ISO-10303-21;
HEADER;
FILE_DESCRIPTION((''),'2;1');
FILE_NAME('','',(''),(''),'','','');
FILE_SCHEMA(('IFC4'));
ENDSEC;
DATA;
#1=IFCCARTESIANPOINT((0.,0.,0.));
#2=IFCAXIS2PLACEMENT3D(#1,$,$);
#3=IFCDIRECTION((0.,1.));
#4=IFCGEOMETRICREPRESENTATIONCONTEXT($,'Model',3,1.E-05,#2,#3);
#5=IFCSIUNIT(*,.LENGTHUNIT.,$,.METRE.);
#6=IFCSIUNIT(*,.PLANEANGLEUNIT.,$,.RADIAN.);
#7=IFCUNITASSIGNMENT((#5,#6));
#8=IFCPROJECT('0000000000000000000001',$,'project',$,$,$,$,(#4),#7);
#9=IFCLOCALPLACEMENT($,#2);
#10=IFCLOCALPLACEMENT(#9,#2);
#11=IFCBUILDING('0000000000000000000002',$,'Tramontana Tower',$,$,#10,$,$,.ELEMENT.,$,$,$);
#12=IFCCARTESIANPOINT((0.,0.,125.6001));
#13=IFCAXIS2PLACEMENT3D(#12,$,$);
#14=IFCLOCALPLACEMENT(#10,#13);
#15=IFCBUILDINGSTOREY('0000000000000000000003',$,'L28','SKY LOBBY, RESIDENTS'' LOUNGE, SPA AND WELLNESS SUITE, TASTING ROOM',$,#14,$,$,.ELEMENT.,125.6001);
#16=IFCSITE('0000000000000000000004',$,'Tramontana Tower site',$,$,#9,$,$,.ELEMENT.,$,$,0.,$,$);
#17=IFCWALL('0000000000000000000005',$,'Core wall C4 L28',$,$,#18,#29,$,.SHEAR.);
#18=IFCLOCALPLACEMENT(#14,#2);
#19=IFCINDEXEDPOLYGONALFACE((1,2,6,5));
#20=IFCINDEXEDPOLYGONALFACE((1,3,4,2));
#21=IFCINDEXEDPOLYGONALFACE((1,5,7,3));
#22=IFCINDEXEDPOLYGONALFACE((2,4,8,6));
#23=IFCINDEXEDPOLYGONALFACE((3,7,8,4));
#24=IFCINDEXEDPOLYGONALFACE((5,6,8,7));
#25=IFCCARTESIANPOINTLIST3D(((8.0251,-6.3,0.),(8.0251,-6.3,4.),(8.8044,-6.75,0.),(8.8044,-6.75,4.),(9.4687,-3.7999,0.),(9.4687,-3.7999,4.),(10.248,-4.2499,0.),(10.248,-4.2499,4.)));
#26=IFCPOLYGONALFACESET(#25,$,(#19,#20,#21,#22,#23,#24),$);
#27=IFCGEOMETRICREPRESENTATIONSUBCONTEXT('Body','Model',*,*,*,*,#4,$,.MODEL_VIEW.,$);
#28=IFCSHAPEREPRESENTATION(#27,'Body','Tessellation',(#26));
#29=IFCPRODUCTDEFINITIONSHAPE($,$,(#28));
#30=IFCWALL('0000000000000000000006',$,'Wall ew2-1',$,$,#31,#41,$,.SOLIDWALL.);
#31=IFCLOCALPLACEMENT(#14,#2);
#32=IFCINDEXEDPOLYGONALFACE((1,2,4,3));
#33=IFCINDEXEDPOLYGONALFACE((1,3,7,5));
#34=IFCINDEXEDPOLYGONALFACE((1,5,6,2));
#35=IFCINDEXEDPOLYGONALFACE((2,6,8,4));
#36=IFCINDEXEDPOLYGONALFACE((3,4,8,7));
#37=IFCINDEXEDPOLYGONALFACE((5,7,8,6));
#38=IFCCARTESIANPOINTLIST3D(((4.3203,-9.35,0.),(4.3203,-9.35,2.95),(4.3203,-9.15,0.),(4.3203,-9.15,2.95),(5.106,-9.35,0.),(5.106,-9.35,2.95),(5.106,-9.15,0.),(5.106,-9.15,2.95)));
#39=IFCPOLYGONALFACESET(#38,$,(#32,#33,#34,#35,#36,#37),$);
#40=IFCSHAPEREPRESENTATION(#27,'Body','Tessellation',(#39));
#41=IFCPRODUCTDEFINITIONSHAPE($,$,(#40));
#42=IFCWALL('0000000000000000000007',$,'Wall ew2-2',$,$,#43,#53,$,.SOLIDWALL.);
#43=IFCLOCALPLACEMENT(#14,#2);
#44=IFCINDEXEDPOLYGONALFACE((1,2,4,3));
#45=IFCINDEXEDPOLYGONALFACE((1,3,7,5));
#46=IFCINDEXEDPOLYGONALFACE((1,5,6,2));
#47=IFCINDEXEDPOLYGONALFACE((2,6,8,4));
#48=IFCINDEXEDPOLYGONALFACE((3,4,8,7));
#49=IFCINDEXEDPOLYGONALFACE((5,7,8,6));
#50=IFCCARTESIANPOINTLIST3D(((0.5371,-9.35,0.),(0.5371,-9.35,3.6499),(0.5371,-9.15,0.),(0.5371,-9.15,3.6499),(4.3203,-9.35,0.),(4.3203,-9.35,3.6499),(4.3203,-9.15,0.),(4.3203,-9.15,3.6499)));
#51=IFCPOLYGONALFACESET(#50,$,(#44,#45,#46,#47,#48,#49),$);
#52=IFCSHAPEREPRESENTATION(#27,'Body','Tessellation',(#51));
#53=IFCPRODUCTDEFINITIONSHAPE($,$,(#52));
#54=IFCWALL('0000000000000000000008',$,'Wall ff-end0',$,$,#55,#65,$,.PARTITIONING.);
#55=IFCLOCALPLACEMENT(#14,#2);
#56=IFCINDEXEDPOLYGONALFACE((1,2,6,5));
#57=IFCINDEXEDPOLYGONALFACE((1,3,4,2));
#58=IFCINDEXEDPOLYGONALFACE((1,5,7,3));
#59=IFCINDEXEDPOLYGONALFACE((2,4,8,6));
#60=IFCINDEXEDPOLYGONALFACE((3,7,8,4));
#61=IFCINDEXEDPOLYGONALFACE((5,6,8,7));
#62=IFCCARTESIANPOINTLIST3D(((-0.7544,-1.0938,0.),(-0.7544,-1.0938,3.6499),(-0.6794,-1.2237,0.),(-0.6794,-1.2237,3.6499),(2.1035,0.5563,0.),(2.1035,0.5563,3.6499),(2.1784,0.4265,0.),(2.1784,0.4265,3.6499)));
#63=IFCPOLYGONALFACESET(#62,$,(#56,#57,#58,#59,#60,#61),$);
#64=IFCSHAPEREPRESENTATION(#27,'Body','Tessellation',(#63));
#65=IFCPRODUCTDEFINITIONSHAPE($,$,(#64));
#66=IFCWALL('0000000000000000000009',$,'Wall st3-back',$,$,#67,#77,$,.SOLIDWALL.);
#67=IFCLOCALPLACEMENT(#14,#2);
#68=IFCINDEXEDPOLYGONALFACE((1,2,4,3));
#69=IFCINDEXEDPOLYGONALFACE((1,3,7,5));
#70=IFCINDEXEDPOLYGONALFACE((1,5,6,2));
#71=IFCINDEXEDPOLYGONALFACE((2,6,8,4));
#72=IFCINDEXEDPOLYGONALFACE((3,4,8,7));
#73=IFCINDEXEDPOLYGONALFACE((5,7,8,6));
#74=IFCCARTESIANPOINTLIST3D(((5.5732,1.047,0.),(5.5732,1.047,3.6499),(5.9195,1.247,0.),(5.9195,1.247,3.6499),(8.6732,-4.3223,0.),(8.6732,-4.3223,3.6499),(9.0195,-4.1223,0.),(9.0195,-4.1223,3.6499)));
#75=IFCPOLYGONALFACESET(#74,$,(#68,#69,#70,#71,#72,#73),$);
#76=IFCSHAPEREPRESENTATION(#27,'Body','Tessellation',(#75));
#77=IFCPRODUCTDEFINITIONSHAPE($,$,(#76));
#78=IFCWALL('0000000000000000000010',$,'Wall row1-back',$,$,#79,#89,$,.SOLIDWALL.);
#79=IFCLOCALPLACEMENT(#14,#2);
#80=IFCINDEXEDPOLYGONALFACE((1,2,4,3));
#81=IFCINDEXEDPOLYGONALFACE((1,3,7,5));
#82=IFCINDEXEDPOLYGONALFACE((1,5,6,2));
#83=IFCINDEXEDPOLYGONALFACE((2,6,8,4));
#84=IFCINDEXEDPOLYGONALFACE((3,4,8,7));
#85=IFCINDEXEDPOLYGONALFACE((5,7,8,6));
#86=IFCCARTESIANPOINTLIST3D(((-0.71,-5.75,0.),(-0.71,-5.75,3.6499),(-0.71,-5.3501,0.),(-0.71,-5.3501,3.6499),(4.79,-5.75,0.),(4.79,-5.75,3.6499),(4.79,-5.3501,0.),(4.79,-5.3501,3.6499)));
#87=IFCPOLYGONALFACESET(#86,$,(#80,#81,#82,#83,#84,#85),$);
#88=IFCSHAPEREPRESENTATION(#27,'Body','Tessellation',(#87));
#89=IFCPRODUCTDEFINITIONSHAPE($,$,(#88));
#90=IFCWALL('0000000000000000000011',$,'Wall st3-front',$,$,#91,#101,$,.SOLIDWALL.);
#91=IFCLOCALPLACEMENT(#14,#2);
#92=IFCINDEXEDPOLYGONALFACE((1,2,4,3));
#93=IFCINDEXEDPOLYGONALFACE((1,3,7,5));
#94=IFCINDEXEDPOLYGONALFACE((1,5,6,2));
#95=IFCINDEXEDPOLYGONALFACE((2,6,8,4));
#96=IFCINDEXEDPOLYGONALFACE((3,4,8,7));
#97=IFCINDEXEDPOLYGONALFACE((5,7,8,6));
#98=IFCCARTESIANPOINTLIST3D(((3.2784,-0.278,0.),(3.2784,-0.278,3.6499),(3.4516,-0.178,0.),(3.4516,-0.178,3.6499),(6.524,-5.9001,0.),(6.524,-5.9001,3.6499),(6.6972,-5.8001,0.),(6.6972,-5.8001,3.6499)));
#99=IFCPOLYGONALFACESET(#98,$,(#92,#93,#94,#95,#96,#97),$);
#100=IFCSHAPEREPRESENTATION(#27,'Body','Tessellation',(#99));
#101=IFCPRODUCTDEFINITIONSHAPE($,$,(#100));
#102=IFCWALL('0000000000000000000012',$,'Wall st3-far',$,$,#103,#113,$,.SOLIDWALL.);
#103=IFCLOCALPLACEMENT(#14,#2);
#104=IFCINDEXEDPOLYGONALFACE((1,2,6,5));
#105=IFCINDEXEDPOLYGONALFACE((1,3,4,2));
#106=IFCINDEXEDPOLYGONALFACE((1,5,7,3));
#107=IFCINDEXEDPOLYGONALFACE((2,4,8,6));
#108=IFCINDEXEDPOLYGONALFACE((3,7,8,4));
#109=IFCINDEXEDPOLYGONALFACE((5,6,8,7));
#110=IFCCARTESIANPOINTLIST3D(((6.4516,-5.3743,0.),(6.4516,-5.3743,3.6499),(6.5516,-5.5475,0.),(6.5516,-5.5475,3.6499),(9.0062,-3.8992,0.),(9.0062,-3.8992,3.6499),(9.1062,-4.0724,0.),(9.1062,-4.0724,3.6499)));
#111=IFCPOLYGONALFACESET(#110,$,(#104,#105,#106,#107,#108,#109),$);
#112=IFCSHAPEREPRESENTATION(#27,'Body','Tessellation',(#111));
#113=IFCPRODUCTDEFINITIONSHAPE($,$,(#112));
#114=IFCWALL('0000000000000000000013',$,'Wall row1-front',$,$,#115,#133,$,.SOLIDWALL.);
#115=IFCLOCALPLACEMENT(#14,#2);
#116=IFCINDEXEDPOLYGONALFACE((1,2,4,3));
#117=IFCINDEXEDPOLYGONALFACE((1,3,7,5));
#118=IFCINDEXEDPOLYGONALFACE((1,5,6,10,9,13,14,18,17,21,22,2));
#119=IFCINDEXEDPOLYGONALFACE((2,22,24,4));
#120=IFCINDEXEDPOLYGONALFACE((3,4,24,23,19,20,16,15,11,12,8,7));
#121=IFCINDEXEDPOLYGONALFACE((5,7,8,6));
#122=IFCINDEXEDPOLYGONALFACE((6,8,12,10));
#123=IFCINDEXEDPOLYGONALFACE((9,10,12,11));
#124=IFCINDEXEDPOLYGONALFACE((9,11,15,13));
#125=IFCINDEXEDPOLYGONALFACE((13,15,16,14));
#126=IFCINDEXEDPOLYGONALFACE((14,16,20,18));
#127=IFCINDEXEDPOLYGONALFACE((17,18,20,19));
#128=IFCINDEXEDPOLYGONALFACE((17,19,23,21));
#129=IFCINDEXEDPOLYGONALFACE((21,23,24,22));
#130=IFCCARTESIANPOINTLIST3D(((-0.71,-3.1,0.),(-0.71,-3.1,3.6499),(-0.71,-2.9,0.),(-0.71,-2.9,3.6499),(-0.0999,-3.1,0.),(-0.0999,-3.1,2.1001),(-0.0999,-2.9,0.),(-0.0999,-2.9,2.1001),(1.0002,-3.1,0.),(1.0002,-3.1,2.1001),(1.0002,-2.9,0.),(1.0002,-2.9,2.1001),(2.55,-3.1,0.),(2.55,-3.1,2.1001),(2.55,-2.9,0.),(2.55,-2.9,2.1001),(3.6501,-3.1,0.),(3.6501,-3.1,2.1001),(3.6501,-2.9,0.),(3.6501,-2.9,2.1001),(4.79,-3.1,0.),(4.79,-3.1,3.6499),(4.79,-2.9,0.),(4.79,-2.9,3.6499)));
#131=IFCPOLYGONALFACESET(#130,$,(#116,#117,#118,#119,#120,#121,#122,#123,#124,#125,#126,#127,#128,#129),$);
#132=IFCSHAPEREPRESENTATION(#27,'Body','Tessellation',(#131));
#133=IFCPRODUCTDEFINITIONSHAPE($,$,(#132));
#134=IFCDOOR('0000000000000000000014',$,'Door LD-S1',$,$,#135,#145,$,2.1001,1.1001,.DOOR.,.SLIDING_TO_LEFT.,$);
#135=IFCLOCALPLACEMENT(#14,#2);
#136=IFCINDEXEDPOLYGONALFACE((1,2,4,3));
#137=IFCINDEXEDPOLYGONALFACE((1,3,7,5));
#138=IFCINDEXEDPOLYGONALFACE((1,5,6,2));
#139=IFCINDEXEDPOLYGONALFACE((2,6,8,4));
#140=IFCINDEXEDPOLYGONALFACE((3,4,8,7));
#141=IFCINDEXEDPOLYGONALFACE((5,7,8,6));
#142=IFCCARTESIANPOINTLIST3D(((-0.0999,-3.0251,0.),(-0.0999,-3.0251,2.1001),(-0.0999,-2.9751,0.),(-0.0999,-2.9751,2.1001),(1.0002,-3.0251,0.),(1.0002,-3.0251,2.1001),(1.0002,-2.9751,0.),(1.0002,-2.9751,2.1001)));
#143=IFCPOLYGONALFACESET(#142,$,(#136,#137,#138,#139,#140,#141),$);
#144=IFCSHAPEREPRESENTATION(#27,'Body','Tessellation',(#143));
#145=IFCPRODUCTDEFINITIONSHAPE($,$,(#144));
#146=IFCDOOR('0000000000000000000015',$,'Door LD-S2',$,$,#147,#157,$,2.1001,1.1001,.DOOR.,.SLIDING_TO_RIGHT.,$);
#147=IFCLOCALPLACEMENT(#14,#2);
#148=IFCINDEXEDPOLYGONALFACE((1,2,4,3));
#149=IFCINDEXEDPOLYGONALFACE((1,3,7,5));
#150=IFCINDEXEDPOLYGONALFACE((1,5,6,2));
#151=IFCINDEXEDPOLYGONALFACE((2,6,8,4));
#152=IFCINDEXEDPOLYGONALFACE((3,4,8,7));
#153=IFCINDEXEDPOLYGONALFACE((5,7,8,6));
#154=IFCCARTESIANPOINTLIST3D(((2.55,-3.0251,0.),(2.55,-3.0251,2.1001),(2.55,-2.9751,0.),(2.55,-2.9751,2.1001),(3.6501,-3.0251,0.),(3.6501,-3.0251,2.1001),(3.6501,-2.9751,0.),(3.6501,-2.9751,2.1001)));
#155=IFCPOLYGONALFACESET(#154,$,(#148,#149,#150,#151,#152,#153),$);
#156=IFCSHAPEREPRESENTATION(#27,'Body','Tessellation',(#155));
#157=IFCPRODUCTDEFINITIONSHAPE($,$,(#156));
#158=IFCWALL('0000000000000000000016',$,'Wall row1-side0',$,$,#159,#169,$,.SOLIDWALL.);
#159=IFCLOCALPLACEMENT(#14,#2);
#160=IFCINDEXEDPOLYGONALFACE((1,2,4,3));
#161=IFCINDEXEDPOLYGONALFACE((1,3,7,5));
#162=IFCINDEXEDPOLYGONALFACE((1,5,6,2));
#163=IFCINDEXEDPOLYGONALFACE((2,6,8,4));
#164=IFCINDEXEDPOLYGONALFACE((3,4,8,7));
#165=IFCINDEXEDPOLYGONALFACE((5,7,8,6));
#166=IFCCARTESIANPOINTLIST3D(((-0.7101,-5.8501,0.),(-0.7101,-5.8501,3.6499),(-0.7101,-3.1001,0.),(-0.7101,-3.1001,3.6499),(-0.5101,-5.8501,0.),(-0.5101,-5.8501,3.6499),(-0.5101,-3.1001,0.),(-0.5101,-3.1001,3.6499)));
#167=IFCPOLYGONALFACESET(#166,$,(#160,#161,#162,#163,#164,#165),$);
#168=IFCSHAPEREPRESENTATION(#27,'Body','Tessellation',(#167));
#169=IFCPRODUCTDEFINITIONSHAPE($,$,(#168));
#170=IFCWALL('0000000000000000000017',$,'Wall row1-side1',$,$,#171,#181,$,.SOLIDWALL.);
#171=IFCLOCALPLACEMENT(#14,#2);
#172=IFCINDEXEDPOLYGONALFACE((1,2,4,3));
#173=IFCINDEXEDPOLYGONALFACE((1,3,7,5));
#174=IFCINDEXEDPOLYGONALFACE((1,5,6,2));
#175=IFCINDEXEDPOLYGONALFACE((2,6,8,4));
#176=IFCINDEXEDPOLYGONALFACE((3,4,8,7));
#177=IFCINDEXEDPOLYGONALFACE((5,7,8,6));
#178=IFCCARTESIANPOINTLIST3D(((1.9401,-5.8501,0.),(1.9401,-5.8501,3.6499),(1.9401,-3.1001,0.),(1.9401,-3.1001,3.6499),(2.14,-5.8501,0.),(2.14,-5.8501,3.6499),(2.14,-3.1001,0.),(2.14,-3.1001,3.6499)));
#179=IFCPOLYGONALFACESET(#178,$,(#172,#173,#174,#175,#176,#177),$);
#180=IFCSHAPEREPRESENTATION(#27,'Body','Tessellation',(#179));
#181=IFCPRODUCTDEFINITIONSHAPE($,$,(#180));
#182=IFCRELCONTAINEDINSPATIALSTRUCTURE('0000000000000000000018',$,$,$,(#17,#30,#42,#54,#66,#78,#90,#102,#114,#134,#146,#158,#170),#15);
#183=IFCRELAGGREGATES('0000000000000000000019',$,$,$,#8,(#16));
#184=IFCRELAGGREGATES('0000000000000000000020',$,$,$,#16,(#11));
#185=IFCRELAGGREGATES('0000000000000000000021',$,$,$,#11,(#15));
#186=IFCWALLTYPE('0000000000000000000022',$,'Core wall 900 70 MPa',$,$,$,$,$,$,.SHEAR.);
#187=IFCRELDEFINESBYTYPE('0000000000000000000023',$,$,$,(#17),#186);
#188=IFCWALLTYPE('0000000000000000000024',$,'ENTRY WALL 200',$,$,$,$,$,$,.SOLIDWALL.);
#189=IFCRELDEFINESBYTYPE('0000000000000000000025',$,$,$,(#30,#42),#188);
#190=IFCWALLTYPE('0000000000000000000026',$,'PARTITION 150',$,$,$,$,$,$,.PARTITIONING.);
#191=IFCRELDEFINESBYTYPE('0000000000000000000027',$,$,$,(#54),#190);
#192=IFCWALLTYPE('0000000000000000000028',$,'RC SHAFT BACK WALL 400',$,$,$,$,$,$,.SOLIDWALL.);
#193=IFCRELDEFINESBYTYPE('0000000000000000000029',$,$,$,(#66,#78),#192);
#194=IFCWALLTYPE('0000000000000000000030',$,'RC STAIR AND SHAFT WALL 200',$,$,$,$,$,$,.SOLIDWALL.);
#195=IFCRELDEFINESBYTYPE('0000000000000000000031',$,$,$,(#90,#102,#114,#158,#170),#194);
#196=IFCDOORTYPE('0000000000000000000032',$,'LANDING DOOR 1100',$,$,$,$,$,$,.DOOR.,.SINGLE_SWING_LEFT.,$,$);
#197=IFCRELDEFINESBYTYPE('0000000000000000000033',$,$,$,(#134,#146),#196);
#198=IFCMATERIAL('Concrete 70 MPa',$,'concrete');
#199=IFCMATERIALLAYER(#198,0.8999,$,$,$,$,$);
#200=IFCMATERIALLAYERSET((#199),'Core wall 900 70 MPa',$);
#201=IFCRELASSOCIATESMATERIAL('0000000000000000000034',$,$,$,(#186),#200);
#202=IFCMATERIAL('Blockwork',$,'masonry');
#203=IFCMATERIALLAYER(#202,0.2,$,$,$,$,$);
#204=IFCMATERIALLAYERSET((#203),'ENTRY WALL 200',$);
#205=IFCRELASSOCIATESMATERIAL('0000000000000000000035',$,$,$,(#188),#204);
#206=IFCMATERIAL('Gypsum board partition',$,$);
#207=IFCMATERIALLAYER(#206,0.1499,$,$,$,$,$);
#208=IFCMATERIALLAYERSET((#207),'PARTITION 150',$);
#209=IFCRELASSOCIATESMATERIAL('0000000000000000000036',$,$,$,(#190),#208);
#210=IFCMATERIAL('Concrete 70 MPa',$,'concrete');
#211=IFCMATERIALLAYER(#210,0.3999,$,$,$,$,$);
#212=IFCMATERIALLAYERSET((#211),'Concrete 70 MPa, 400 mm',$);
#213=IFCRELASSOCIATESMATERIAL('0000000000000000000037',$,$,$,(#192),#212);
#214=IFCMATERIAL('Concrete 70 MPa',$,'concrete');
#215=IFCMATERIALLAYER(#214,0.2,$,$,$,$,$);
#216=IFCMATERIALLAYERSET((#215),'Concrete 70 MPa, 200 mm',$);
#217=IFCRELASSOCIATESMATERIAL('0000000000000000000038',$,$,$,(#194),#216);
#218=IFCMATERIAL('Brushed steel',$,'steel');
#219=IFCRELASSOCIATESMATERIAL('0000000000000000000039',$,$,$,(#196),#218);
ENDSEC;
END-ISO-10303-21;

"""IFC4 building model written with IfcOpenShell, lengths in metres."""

from ifc_helpers import new_model, si_unit, direction, frame, frame_2d, origin, place, context, subcontext, project, spatial, rectangle, extrude, material, layer, layer_set, type_object, element, fill, save


model = new_model("IFC4")

# Units and contexts
model_context = context("Model", 3, precision=1e-05, world=origin(), true_north=direction((0.0, 1.0)))
body_context = subcontext(model_context, "Body", "Model", "MODEL_VIEW")
ifc_project = project(units=[si_unit("LENGTHUNIT", "METRE"), si_unit("PLANEANGLEUNIT", "RADIAN")], contexts=[model_context])

# Site, building, storey
site_placement = place(None, origin())
site = spatial("IfcSite", under=ifc_project, at=site_placement, Name="Tramontana Tower site", CompositionType="ELEMENT", RefElevation=0.0)
building_placement = place(site_placement, origin())
building = spatial("IfcBuilding", under=site, at=building_placement, Name="Tramontana Tower", CompositionType="ELEMENT")
storey_placement = place(building_placement, frame((0.0, 0.0, 125.6001)))
storey = spatial("IfcBuildingStorey", under=building, at=storey_placement, Name="L28", Description="SKY LOBBY, RESIDENTS' LOUNGE, SPA AND WELLNESS SUITE, TASTING ROOM", CompositionType="ELEMENT", Elevation=125.6001)

# Walls
ifc_material_1 = material(Name="Concrete 70 MPa", Category="concrete")
ifc_layer_1 = layer(ifc_material_1, 0.8999)
ifc_layer_set_1 = layer_set([ifc_layer_1], Name="Core wall 900 70 MPa")
wall_type_1 = type_object("IfcWallType", Name="Core wall 900 70 MPa", PredefinedType="SHEAR", material=ifc_layer_set_1)
wall_1_placement = place(storey_placement, frame((8.4148, -6.5249, 0.0), z_axis=(0.0, 0.0, 1.0), x_axis=(0.500059, 0.865991, 0.0)))
element("IfcWall", 1, at=wall_1_placement, inside=storey, type_object=wall_type_1, Name="Core wall C4 L28", PredefinedType="SHEAR", context=body_context, shape_type="SweptSolid", body=[
    extrude(rectangle(XDim=2.887, YDim=0.8999, at=frame_2d((1.4434, 0.0))), origin(), (0.0, 0.0, 1.0), 4.0),
])
ifc_material_2 = material(Name="Blockwork", Category="masonry")
ifc_layer_2 = layer(ifc_material_2, 0.2)
ifc_layer_set_2 = layer_set([ifc_layer_2], Name="ENTRY WALL 200")
wall_type_2 = type_object("IfcWallType", Name="ENTRY WALL 200", PredefinedType="SOLIDWALL", material=ifc_layer_set_2)
wall_2_placement = place(storey_placement, frame((5.106, -9.25, 0.0), z_axis=(0.0, 0.0, 1.0), x_axis=(-1.0, 0.0, 0.0)))
element("IfcWall", 2, at=wall_2_placement, inside=storey, type_object=wall_type_2, Name="Wall ew2-1", PredefinedType="SOLIDWALL", context=body_context, shape_type="SweptSolid", body=[
    extrude(rectangle(XDim=0.7856, YDim=0.2, at=frame_2d((0.3928, 0.0))), origin(), (0.0, 0.0, 1.0), 2.95),
])
wall_3_placement = place(storey_placement, frame((4.3203, -9.25, 0.0), z_axis=(0.0, 0.0, 1.0), x_axis=(-1.0, 0.0, 0.0)))
element("IfcWall", 3, at=wall_3_placement, inside=storey, type_object=wall_type_2, Name="Wall ew2-2", PredefinedType="SOLIDWALL", context=body_context, shape_type="SweptSolid", body=[
    extrude(rectangle(XDim=3.7832, YDim=0.2, at=frame_2d((1.8916, 0.0))), origin(), (0.0, 0.0, 1.0), 3.6499),
])

# Shared definitions
ifc_material_3 = material(Name="Gypsum board partition")
ifc_layer_3 = layer(ifc_material_3, 0.1499)
ifc_layer_set_3 = layer_set([ifc_layer_3], Name="PARTITION 150")
wall_type_3 = type_object("IfcWallType", Name="PARTITION 150", PredefinedType="PARTITIONING", material=ifc_layer_set_3)

# Walls
wall_4_placement = place(storey_placement, frame((-0.7168, -1.1587, 0.0), z_axis=(0.0, 0.0, 1.0), x_axis=(0.866008, 0.50003, 0.0)))
element("IfcWall", 4, at=wall_4_placement, inside=storey, type_object=wall_type_3, Name="Wall ff-end0", PredefinedType="PARTITIONING", context=body_context, shape_type="SweptSolid", body=[
    extrude(rectangle(XDim=3.3, YDim=0.1499, at=frame_2d((1.6499, 0.0))), origin(), (0.0, 0.0, 1.0), 3.6499),
])
ifc_material_4 = material(Name="Concrete 70 MPa", Category="concrete")
ifc_layer_4 = layer(ifc_material_4, 0.3999)
ifc_layer_set_4 = layer_set([ifc_layer_4], Name="Concrete 70 MPa, 400 mm")
wall_type_4 = type_object("IfcWallType", Name="RC SHAFT BACK WALL 400", PredefinedType="SOLIDWALL", material=ifc_layer_set_4)
wall_5_placement = place(storey_placement, frame((8.8464, -4.2224, 0.0), z_axis=(0.0, 0.0, 1.0), x_axis=(-0.50001, 0.86602, 0.0)))
element("IfcWall", 5, at=wall_5_placement, inside=storey, type_object=wall_type_4, Name="Wall st3-back", PredefinedType="SOLIDWALL", context=body_context, shape_type="SweptSolid", body=[
    extrude(rectangle(XDim=6.2, YDim=0.3999, at=frame_2d((3.1001, 0.0))), origin(), (0.0, 0.0, 1.0), 3.6499),
])
wall_6_placement = place(storey_placement, frame((-0.71, -5.55, 0.0), z_axis=(0.0, 0.0, 1.0), x_axis=(1.0, 0.0, 0.0)))
element("IfcWall", 6, at=wall_6_placement, inside=storey, type_object=wall_type_4, Name="Wall row1-back", PredefinedType="SOLIDWALL", context=body_context, shape_type="SweptSolid", body=[
    extrude(rectangle(XDim=5.5, YDim=0.3999, at=frame_2d((2.75, 0.0))), origin(), (0.0, 0.0, 1.0), 3.6499),
])

# Shared definitions
ifc_material_5 = material(Name="Concrete 70 MPa", Category="concrete")
ifc_layer_5 = layer(ifc_material_5, 0.2)
ifc_layer_set_5 = layer_set([ifc_layer_5], Name="Concrete 70 MPa, 200 mm")
wall_type_5 = type_object("IfcWallType", Name="RC STAIR AND SHAFT WALL 200", PredefinedType="SOLIDWALL", material=ifc_layer_set_5)

# Walls
wall_7_placement = place(storey_placement, frame((6.6106, -5.8501, 0.0), z_axis=(0.0, 0.0, 1.0), x_axis=(-0.499966, 0.866045, 0.0)))
element("IfcWall", 7, at=wall_7_placement, inside=storey, type_object=wall_type_5, Name="Wall st3-front", PredefinedType="SOLIDWALL", context=body_context, shape_type="SweptSolid", body=[
    extrude(rectangle(XDim=6.4917, YDim=0.2, at=frame_2d((3.2458, 0.0))), origin(), (0.0, 0.0, 1.0), 3.6499),
])
wall_8_placement = place(storey_placement, frame((6.5015, -5.4609, 0.0), z_axis=(0.0, 0.0, 1.0), x_axis=(0.866004, 0.500038, 0.0)))
element("IfcWall", 8, at=wall_8_placement, inside=storey, type_object=wall_type_5, Name="Wall st3-far", PredefinedType="SOLIDWALL", context=body_context, shape_type="SweptSolid", body=[
    extrude(rectangle(XDim=2.95, YDim=0.2, at=frame_2d((1.4751, 0.0))), origin(), (0.0, 0.0, 1.0), 3.6499),
])

# Wall, openings, doors
wall_9_placement = place(storey_placement, frame((-0.71, -3.0, 0.0), z_axis=(0.0, 0.0, 1.0), x_axis=(1.0, 0.0, 0.0)))
wall_9 = element("IfcWall", 9, at=wall_9_placement, inside=storey, type_object=wall_type_5, Name="Wall row1-front", PredefinedType="SOLIDWALL", context=body_context, shape_type="SweptSolid", body=[
    extrude(rectangle(XDim=5.5, YDim=0.2, at=frame_2d((2.75, 0.0))), origin(), (0.0, 0.0, 1.0), 3.6499),
])
opening_1_placement = place(wall_9_placement, frame((0.6101, 0.0, 0.0)))
opening_1 = element("IfcOpeningElement", 10, at=opening_1_placement, cuts=wall_9, PredefinedType="OPENING", context=body_context, shape_type="SweptSolid", body=[
    extrude(rectangle(XDim=1.1001, YDim=2.1001, at=frame_2d((0.55, 1.05))), frame((0.0, 0.1099, 0.0), z_axis=(0.0, -1.0, 0.0), x_axis=(1.0, 0.0, 0.0)), (0.0, 0.0, 1.0), 0.22),
])
opening_2_placement = place(wall_9_placement, frame((3.26, 0.0, 0.0)))
opening_2 = element("IfcOpeningElement", 11, at=opening_2_placement, cuts=wall_9, PredefinedType="OPENING", context=body_context, shape_type="SweptSolid", body=[
    extrude(rectangle(XDim=1.1001, YDim=2.1001, at=frame_2d((0.55, 1.05))), frame((0.0, 0.1099, 0.0), z_axis=(0.0, -1.0, 0.0), x_axis=(1.0, 0.0, 0.0)), (0.0, 0.0, 1.0), 0.22),
])
ifc_material_6 = material(Name="Brushed steel", Category="steel")
door_type_1 = type_object("IfcDoorType", Name="LANDING DOOR 1100", OperationType="SINGLE_SWING_LEFT", PredefinedType="DOOR", material=ifc_material_6)
door_1_placement = place(opening_1_placement, origin())
door_1 = element("IfcDoor", 12, at=door_1_placement, inside=storey, type_object=door_type_1, Name="Door LD-S1", OperationType="SLIDING_TO_LEFT", OverallHeight=2.1001, OverallWidth=1.1001, PredefinedType="DOOR", context=body_context, shape_type="SweptSolid", body=[
    extrude(rectangle(XDim=1.1001, YDim=2.1001, at=frame_2d((0.55, 1.05))), frame((0.0, 0.0249, 0.0), z_axis=(0.0, -1.0, 0.0), x_axis=(1.0, 0.0, 0.0)), (0.0, 0.0, 1.0), 0.05),
])
fill(opening_1, door_1)
door_2_placement = place(opening_2_placement, origin())
door_2 = element("IfcDoor", 13, at=door_2_placement, inside=storey, type_object=door_type_1, Name="Door LD-S2", OperationType="SLIDING_TO_RIGHT", OverallHeight=2.1001, OverallWidth=1.1001, PredefinedType="DOOR", context=body_context, shape_type="SweptSolid", body=[
    extrude(rectangle(XDim=1.1001, YDim=2.1001, at=frame_2d((0.55, 1.05))), frame((0.0, 0.0249, 0.0), z_axis=(0.0, -1.0, 0.0), x_axis=(1.0, 0.0, 0.0)), (0.0, 0.0, 1.0), 0.05),
])
fill(opening_2, door_2)

# Walls
for number, where, z_axis, x_axis, name in (
    (14, (-0.6101, -3.1001, 0.0), (0.0, 0.0, 1.0), (0.0, -1.0, 0.0), "Wall row1-side0"),
    (15, (2.04, -3.1001, 0.0), (0.0, 0.0, 1.0), (0.0, -1.0, 0.0), "Wall row1-side1"),
):
    element("IfcWall", number, at=place(storey_placement, frame(where, z_axis=z_axis, x_axis=x_axis)), inside=storey, type_object=wall_type_5, Name=name, PredefinedType="SOLIDWALL", context=body_context, shape_type="SweptSolid", body=[
        extrude(rectangle(XDim=2.75, YDim=0.2, at=frame_2d((1.375, 0.0))), origin(), (0.0, 0.0, 1.0), 3.6499),
    ])

save(model, "model.ifc")
